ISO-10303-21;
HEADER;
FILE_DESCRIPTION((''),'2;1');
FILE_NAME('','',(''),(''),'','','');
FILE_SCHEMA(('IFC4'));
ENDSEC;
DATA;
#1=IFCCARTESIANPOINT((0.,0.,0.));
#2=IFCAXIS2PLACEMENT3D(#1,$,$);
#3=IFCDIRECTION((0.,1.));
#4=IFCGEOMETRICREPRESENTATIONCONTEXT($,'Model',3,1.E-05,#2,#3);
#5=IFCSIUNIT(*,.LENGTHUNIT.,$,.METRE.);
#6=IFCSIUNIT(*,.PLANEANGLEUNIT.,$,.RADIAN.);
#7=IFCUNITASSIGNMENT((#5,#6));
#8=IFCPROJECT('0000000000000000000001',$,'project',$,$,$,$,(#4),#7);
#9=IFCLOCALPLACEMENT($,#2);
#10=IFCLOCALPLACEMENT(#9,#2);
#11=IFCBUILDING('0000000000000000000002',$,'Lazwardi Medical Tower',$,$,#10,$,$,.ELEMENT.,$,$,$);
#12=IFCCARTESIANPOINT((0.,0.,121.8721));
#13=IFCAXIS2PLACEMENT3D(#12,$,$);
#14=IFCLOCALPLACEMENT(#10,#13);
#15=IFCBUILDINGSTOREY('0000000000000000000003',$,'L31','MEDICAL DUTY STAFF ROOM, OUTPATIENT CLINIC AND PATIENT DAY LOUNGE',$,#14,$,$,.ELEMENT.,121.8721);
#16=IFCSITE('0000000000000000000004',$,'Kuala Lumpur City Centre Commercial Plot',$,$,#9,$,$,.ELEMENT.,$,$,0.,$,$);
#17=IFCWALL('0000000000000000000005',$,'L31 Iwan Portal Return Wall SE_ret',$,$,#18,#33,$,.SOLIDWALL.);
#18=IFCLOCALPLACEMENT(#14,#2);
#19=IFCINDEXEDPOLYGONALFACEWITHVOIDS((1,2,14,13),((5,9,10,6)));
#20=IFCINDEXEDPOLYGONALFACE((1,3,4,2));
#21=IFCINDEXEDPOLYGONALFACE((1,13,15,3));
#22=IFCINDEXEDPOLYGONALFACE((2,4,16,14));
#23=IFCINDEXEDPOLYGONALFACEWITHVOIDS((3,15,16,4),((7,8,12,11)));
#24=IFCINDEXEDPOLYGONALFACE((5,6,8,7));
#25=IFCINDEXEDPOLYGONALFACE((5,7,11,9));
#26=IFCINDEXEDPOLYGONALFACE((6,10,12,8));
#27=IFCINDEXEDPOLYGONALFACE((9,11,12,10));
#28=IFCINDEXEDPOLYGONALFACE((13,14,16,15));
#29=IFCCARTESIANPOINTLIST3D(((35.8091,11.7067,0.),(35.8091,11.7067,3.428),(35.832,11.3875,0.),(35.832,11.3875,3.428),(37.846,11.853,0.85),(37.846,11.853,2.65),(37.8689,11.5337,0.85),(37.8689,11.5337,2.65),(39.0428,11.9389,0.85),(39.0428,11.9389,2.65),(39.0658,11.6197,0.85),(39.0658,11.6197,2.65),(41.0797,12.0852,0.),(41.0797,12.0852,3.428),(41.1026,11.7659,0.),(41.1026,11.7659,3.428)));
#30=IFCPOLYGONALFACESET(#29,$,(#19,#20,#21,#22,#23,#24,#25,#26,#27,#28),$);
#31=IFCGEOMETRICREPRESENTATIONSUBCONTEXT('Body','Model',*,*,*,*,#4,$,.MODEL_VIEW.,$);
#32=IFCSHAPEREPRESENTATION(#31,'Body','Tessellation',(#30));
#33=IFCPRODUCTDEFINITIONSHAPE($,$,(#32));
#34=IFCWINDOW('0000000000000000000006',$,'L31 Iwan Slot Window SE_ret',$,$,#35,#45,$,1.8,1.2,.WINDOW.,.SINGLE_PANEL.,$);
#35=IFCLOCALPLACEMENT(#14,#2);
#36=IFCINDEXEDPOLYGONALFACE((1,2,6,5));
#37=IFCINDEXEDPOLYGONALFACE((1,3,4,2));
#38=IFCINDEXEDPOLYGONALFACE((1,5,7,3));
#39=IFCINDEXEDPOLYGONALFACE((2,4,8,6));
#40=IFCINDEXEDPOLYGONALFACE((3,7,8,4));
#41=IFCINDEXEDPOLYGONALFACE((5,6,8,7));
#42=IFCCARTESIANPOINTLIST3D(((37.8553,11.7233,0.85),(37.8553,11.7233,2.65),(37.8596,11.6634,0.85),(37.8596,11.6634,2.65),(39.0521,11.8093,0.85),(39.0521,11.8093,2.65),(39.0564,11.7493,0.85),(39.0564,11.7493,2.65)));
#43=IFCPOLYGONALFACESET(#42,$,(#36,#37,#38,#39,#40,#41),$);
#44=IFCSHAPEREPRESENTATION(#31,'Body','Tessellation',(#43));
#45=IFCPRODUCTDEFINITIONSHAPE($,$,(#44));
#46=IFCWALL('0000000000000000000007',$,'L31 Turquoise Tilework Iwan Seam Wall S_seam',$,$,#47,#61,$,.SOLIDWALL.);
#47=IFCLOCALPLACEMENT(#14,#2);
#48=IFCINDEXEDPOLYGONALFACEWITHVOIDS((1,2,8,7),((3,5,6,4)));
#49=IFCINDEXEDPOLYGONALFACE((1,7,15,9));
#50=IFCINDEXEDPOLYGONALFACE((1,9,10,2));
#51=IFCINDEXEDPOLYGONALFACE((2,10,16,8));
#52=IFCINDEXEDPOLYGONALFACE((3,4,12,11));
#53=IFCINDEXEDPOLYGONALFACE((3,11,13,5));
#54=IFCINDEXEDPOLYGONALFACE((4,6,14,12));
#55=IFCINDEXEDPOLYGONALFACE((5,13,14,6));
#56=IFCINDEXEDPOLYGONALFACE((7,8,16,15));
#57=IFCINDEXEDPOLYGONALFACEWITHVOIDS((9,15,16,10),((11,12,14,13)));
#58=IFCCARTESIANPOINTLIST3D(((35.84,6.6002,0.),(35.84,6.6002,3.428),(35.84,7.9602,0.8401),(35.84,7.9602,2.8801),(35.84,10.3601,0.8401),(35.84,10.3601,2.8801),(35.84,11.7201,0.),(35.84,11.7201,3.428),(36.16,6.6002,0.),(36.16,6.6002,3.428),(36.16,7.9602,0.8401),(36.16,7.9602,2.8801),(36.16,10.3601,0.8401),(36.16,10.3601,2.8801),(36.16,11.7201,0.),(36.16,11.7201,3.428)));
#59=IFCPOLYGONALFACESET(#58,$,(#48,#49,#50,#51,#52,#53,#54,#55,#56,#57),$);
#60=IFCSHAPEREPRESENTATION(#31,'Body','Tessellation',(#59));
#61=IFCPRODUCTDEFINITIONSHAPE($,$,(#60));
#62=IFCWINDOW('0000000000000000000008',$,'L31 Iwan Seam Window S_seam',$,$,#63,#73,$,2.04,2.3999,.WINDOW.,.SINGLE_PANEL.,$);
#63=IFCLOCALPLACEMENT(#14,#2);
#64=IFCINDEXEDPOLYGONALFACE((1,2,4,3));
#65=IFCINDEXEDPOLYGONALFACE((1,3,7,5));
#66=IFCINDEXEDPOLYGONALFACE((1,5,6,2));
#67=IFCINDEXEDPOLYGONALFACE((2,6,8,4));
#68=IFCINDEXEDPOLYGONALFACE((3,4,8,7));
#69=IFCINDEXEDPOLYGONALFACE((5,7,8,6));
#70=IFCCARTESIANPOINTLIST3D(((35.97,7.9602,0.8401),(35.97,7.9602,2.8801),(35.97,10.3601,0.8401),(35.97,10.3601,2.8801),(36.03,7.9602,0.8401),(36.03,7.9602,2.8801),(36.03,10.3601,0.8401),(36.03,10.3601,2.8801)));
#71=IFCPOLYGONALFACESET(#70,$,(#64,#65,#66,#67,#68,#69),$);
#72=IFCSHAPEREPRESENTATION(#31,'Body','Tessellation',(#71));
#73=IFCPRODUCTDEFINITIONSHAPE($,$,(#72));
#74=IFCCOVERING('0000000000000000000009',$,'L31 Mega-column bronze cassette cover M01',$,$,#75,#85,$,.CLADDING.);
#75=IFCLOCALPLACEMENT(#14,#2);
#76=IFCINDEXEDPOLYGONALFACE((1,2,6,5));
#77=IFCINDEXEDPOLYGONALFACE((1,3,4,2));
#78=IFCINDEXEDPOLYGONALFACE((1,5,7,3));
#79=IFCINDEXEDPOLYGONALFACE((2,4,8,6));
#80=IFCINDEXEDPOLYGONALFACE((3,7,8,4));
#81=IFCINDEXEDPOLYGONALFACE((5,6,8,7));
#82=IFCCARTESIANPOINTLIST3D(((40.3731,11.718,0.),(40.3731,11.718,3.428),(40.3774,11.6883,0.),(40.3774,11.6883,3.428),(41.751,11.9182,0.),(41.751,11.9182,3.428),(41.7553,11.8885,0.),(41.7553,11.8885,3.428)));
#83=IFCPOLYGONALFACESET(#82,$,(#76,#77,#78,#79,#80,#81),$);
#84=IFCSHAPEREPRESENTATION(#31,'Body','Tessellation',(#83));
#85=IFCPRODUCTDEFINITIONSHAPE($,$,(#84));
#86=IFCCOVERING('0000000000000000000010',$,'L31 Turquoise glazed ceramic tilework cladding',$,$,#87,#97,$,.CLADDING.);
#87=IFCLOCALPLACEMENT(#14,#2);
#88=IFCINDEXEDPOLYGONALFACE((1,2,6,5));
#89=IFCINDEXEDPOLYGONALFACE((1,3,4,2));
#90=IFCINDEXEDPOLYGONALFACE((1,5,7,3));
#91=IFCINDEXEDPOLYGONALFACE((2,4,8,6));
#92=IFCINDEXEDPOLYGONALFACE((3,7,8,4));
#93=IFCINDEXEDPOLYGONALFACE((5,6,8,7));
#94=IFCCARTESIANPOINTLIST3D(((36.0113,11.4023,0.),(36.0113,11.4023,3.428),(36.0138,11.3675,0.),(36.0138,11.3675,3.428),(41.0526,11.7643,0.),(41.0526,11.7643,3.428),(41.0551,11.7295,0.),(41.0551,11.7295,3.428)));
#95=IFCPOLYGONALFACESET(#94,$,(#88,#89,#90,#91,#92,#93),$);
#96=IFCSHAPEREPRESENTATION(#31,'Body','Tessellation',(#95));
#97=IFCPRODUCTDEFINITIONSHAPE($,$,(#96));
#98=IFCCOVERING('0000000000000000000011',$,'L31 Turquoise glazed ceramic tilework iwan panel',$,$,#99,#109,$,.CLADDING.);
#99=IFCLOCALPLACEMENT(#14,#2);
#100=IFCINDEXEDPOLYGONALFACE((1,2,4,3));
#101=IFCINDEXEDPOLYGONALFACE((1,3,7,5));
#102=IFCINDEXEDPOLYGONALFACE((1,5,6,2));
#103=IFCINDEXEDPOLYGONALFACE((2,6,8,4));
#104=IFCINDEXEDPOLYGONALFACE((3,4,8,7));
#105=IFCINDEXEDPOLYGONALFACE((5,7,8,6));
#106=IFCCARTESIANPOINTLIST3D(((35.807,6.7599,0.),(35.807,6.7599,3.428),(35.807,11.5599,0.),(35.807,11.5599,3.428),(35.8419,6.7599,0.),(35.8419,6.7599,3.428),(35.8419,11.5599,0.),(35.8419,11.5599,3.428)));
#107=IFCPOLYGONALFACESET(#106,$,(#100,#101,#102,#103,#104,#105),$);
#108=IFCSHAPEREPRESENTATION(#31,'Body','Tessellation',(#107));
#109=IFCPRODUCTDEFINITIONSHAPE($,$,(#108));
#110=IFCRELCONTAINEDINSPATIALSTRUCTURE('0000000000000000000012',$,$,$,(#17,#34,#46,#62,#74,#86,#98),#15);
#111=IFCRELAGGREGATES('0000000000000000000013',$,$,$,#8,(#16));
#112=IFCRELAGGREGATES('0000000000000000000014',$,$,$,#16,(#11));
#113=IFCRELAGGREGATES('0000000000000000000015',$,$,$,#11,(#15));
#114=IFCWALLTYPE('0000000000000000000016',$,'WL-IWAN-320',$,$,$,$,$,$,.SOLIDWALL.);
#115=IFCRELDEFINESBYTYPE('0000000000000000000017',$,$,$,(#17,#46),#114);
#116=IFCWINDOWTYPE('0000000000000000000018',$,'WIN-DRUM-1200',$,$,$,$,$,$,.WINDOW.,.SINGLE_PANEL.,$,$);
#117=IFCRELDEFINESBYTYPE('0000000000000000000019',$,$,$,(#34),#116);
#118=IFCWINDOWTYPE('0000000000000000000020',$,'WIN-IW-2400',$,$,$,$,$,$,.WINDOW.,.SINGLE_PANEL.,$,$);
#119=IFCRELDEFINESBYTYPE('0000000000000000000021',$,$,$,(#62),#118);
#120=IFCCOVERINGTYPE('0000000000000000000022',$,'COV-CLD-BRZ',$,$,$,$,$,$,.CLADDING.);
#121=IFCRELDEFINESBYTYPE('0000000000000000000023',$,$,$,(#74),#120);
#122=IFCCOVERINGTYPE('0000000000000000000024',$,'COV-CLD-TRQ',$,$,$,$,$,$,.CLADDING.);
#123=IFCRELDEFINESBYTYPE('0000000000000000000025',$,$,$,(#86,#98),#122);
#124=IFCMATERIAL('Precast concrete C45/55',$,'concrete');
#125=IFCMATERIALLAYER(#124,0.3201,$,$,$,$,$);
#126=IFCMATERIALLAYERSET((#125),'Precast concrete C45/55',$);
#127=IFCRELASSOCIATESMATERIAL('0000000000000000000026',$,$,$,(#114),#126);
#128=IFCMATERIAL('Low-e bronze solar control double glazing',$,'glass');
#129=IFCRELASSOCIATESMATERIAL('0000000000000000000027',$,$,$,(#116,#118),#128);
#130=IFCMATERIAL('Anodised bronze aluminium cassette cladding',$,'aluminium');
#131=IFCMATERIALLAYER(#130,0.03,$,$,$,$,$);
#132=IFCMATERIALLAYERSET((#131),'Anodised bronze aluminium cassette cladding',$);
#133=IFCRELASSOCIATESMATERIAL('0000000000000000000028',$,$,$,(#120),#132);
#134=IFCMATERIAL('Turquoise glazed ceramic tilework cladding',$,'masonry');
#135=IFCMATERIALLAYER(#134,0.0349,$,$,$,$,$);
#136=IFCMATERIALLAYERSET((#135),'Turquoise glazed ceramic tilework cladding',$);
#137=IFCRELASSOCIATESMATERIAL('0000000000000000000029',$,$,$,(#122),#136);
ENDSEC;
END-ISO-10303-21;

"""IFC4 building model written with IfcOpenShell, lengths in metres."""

from ifc_helpers import new_model, si_unit, direction, frame, frame_2d, origin, origin_2d, place, context, subcontext, project, spatial, rectangle, extrude, material, layer, layer_set, type_object, element, fill, save


model = new_model("IFC4")

# Units and contexts
model_context = context("Model", 3, precision=1e-05, world=origin(), true_north=direction((0.0, 1.0)))
body_context = subcontext(model_context, "Body", "Model", "MODEL_VIEW")
ifc_project = project(units=[si_unit("LENGTHUNIT", "METRE"), si_unit("PLANEANGLEUNIT", "RADIAN")], contexts=[model_context])

# Site, building, storey
site_placement = place(None, origin())
site = spatial("IfcSite", under=ifc_project, at=site_placement, Name="Kuala Lumpur City Centre Commercial Plot", CompositionType="ELEMENT", RefElevation=0.0)
building_placement = place(site_placement, origin())
building = spatial("IfcBuilding", under=site, at=building_placement, Name="Lazwardi Medical Tower", CompositionType="ELEMENT")
storey_placement = place(building_placement, frame((0.0, 0.0, 121.8721)))
storey = spatial("IfcBuildingStorey", under=building, at=storey_placement, Name="L31", Description="MEDICAL DUTY STAFF ROOM, OUTPATIENT CLINIC AND PATIENT DAY LOUNGE", CompositionType="ELEMENT", Elevation=121.8721)

# Shared definitions
ifc_material_1 = material(Name="Low-e bronze solar control double glazing", Category="glass")

# Walls, openings, windows
ifc_material_2 = material(Name="Precast concrete C45/55", Category="concrete")
ifc_layer_1 = layer(ifc_material_2, 0.3201)
ifc_layer_set_1 = layer_set([ifc_layer_1], Name="Precast concrete C45/55")
wall_type_1 = type_object("IfcWallType", Name="WL-IWAN-320", PredefinedType="SOLIDWALL", material=ifc_layer_set_1)
wall_1_placement = place(storey_placement, frame((35.8206, 11.5471, 0.0), z_axis=(0.0, 0.0, 1.0), x_axis=(0.997432, 0.071615, 0.0)))
wall_1 = element("IfcWall", 1, at=wall_1_placement, inside=storey, type_object=wall_type_1, Name="L31 Iwan Portal Return Wall SE_ret", PredefinedType="SOLIDWALL", context=body_context, shape_type="SweptSolid", body=[
    extrude(rectangle(XDim=5.2842, YDim=0.3201, at=frame_2d((2.6421, 0.0))), origin(), (0.0, 0.0, 1.0), 3.428),
])
opening_1_placement = place(wall_1_placement, frame((2.042, 0.0, 0.8501)))
opening_1 = element("IfcOpeningElement", 2, at=opening_1_placement, cuts=wall_1, PredefinedType="OPENING", context=body_context, shape_type="SweptSolid", body=[
    extrude(rectangle(XDim=1.2, YDim=1.8, at=frame_2d((0.6001, 0.8999))), frame((0.0, 0.1699, 0.0), z_axis=(0.0, -1.0, 0.0), x_axis=(1.0, 0.0, 0.0)), (0.0, 0.0, 1.0), 0.3401),
])
window_type_1 = type_object("IfcWindowType", Name="WIN-DRUM-1200", PartitioningType="SINGLE_PANEL", PredefinedType="WINDOW", material=ifc_material_1)
window_1_placement = place(opening_1_placement, origin())
window_1 = element("IfcWindow", 3, at=window_1_placement, inside=storey, type_object=window_type_1, Name="L31 Iwan Slot Window SE_ret", OverallHeight=1.8, OverallWidth=1.2, PartitioningType="SINGLE_PANEL", PredefinedType="WINDOW", context=body_context, shape_type="SweptSolid", body=[
    extrude(rectangle(XDim=1.2, YDim=1.8, at=frame_2d((0.6001, 0.8999))), frame((0.0, 0.03, 0.0), z_axis=(0.0, -1.0, 0.0), x_axis=(1.0, 0.0, 0.0)), (0.0, 0.0, 1.0), 0.0601),
])
fill(opening_1, window_1)
wall_2_placement = place(storey_placement, frame((36.0, 6.6001, 0.0), z_axis=(0.0, 0.0, 1.0), x_axis=(0.0, 1.0, 0.0)))
wall_2 = element("IfcWall", 4, at=wall_2_placement, inside=storey, type_object=wall_type_1, Name="L31 Turquoise Tilework Iwan Seam Wall S_seam", PredefinedType="SOLIDWALL", context=body_context, shape_type="SweptSolid", body=[
    extrude(rectangle(XDim=5.1199, YDim=0.3201, at=frame_2d((2.5601, 0.0))), origin(), (0.0, 0.0, 1.0), 3.428),
])
opening_2_placement = place(wall_2_placement, frame((1.3601, 0.0, 0.8401)))
opening_2 = element("IfcOpeningElement", 5, at=opening_2_placement, cuts=wall_2, PredefinedType="OPENING", context=body_context, shape_type="SweptSolid", body=[
    extrude(rectangle(XDim=2.3999, YDim=2.04, at=frame_2d((1.2, 1.02))), frame((0.0, 0.1699, 0.0), z_axis=(0.0, -1.0, 0.0), x_axis=(1.0, 0.0, 0.0)), (0.0, 0.0, 1.0), 0.3401),
])
window_type_2 = type_object("IfcWindowType", Name="WIN-IW-2400", PartitioningType="SINGLE_PANEL", PredefinedType="WINDOW", material=ifc_material_1)
window_2_placement = place(opening_2_placement, origin())
window_2 = element("IfcWindow", 6, at=window_2_placement, inside=storey, type_object=window_type_2, Name="L31 Iwan Seam Window S_seam", OverallHeight=2.04, OverallWidth=2.3999, PartitioningType="SINGLE_PANEL", PredefinedType="WINDOW", context=body_context, shape_type="SweptSolid", body=[
    extrude(rectangle(XDim=2.3999, YDim=2.04, at=frame_2d((1.2, 1.02))), frame((0.0, 0.03, 0.0), z_axis=(0.0, -1.0, 0.0), x_axis=(1.0, 0.0, 0.0)), (0.0, 0.0, 1.0), 0.0601),
])
fill(opening_2, window_2)

# Coverings
ifc_material_3 = material(Name="Anodised bronze aluminium cassette cladding", Category="aluminium")
ifc_layer_2 = layer(ifc_material_3, 0.03)
ifc_layer_set_2 = layer_set([ifc_layer_2], Name="Anodised bronze aluminium cassette cladding")
covering_type_1 = type_object("IfcCoveringType", Name="COV-CLD-BRZ", PredefinedType="CLADDING", material=ifc_layer_set_2)
covering_1_placement = place(storey_placement, frame((41.0642, 11.8032, 0.0), z_axis=(0.0, 0.0, 1.0), x_axis=(0.989609, 0.143785, 0.0)))
element("IfcCovering", 7, at=covering_1_placement, inside=storey, type_object=covering_type_1, Name="L31 Mega-column bronze cassette cover M01", PredefinedType="CLADDING", context=body_context, shape_type="SweptSolid", body=[
    extrude(rectangle(XDim=1.3923, YDim=0.03, at=origin_2d()), origin(), (0.0, 0.0, 1.0), 3.428),
])
ifc_material_4 = material(Name="Turquoise glazed ceramic tilework cladding", Category="masonry")
ifc_layer_3 = layer(ifc_material_4, 0.0349)
ifc_layer_set_3 = layer_set([ifc_layer_3], Name="Turquoise glazed ceramic tilework cladding")
covering_type_2 = type_object("IfcCoveringType", Name="COV-CLD-TRQ", PredefinedType="CLADDING", material=ifc_layer_set_3)
covering_2_placement = place(storey_placement, frame((38.5332, 11.5659, 0.0), z_axis=(0.0, 0.0, 1.0), x_axis=(0.997432, 0.071625, 0.0)))
element("IfcCovering", 8, at=covering_2_placement, inside=storey, type_object=covering_type_2, Name="L31 Turquoise glazed ceramic tilework cladding", PredefinedType="CLADDING", context=body_context, shape_type="SweptSolid", body=[
    extrude(rectangle(XDim=5.0542, YDim=0.0349, at=origin_2d()), origin(), (0.0, 0.0, 1.0), 3.428),
])
covering_3_placement = place(storey_placement, frame((35.8245, 9.1599, 0.0), z_axis=(0.0, 0.0, 1.0), x_axis=(0.0, 1.0, 0.0)))
element("IfcCovering", 9, at=covering_3_placement, inside=storey, type_object=covering_type_2, Name="L31 Turquoise glazed ceramic tilework iwan panel", PredefinedType="CLADDING", context=body_context, shape_type="SweptSolid", body=[
    extrude(rectangle(XDim=4.8, YDim=0.0349, at=origin_2d()), origin(), (0.0, 0.0, 1.0), 3.428),
])

save(model, "model.ifc")
